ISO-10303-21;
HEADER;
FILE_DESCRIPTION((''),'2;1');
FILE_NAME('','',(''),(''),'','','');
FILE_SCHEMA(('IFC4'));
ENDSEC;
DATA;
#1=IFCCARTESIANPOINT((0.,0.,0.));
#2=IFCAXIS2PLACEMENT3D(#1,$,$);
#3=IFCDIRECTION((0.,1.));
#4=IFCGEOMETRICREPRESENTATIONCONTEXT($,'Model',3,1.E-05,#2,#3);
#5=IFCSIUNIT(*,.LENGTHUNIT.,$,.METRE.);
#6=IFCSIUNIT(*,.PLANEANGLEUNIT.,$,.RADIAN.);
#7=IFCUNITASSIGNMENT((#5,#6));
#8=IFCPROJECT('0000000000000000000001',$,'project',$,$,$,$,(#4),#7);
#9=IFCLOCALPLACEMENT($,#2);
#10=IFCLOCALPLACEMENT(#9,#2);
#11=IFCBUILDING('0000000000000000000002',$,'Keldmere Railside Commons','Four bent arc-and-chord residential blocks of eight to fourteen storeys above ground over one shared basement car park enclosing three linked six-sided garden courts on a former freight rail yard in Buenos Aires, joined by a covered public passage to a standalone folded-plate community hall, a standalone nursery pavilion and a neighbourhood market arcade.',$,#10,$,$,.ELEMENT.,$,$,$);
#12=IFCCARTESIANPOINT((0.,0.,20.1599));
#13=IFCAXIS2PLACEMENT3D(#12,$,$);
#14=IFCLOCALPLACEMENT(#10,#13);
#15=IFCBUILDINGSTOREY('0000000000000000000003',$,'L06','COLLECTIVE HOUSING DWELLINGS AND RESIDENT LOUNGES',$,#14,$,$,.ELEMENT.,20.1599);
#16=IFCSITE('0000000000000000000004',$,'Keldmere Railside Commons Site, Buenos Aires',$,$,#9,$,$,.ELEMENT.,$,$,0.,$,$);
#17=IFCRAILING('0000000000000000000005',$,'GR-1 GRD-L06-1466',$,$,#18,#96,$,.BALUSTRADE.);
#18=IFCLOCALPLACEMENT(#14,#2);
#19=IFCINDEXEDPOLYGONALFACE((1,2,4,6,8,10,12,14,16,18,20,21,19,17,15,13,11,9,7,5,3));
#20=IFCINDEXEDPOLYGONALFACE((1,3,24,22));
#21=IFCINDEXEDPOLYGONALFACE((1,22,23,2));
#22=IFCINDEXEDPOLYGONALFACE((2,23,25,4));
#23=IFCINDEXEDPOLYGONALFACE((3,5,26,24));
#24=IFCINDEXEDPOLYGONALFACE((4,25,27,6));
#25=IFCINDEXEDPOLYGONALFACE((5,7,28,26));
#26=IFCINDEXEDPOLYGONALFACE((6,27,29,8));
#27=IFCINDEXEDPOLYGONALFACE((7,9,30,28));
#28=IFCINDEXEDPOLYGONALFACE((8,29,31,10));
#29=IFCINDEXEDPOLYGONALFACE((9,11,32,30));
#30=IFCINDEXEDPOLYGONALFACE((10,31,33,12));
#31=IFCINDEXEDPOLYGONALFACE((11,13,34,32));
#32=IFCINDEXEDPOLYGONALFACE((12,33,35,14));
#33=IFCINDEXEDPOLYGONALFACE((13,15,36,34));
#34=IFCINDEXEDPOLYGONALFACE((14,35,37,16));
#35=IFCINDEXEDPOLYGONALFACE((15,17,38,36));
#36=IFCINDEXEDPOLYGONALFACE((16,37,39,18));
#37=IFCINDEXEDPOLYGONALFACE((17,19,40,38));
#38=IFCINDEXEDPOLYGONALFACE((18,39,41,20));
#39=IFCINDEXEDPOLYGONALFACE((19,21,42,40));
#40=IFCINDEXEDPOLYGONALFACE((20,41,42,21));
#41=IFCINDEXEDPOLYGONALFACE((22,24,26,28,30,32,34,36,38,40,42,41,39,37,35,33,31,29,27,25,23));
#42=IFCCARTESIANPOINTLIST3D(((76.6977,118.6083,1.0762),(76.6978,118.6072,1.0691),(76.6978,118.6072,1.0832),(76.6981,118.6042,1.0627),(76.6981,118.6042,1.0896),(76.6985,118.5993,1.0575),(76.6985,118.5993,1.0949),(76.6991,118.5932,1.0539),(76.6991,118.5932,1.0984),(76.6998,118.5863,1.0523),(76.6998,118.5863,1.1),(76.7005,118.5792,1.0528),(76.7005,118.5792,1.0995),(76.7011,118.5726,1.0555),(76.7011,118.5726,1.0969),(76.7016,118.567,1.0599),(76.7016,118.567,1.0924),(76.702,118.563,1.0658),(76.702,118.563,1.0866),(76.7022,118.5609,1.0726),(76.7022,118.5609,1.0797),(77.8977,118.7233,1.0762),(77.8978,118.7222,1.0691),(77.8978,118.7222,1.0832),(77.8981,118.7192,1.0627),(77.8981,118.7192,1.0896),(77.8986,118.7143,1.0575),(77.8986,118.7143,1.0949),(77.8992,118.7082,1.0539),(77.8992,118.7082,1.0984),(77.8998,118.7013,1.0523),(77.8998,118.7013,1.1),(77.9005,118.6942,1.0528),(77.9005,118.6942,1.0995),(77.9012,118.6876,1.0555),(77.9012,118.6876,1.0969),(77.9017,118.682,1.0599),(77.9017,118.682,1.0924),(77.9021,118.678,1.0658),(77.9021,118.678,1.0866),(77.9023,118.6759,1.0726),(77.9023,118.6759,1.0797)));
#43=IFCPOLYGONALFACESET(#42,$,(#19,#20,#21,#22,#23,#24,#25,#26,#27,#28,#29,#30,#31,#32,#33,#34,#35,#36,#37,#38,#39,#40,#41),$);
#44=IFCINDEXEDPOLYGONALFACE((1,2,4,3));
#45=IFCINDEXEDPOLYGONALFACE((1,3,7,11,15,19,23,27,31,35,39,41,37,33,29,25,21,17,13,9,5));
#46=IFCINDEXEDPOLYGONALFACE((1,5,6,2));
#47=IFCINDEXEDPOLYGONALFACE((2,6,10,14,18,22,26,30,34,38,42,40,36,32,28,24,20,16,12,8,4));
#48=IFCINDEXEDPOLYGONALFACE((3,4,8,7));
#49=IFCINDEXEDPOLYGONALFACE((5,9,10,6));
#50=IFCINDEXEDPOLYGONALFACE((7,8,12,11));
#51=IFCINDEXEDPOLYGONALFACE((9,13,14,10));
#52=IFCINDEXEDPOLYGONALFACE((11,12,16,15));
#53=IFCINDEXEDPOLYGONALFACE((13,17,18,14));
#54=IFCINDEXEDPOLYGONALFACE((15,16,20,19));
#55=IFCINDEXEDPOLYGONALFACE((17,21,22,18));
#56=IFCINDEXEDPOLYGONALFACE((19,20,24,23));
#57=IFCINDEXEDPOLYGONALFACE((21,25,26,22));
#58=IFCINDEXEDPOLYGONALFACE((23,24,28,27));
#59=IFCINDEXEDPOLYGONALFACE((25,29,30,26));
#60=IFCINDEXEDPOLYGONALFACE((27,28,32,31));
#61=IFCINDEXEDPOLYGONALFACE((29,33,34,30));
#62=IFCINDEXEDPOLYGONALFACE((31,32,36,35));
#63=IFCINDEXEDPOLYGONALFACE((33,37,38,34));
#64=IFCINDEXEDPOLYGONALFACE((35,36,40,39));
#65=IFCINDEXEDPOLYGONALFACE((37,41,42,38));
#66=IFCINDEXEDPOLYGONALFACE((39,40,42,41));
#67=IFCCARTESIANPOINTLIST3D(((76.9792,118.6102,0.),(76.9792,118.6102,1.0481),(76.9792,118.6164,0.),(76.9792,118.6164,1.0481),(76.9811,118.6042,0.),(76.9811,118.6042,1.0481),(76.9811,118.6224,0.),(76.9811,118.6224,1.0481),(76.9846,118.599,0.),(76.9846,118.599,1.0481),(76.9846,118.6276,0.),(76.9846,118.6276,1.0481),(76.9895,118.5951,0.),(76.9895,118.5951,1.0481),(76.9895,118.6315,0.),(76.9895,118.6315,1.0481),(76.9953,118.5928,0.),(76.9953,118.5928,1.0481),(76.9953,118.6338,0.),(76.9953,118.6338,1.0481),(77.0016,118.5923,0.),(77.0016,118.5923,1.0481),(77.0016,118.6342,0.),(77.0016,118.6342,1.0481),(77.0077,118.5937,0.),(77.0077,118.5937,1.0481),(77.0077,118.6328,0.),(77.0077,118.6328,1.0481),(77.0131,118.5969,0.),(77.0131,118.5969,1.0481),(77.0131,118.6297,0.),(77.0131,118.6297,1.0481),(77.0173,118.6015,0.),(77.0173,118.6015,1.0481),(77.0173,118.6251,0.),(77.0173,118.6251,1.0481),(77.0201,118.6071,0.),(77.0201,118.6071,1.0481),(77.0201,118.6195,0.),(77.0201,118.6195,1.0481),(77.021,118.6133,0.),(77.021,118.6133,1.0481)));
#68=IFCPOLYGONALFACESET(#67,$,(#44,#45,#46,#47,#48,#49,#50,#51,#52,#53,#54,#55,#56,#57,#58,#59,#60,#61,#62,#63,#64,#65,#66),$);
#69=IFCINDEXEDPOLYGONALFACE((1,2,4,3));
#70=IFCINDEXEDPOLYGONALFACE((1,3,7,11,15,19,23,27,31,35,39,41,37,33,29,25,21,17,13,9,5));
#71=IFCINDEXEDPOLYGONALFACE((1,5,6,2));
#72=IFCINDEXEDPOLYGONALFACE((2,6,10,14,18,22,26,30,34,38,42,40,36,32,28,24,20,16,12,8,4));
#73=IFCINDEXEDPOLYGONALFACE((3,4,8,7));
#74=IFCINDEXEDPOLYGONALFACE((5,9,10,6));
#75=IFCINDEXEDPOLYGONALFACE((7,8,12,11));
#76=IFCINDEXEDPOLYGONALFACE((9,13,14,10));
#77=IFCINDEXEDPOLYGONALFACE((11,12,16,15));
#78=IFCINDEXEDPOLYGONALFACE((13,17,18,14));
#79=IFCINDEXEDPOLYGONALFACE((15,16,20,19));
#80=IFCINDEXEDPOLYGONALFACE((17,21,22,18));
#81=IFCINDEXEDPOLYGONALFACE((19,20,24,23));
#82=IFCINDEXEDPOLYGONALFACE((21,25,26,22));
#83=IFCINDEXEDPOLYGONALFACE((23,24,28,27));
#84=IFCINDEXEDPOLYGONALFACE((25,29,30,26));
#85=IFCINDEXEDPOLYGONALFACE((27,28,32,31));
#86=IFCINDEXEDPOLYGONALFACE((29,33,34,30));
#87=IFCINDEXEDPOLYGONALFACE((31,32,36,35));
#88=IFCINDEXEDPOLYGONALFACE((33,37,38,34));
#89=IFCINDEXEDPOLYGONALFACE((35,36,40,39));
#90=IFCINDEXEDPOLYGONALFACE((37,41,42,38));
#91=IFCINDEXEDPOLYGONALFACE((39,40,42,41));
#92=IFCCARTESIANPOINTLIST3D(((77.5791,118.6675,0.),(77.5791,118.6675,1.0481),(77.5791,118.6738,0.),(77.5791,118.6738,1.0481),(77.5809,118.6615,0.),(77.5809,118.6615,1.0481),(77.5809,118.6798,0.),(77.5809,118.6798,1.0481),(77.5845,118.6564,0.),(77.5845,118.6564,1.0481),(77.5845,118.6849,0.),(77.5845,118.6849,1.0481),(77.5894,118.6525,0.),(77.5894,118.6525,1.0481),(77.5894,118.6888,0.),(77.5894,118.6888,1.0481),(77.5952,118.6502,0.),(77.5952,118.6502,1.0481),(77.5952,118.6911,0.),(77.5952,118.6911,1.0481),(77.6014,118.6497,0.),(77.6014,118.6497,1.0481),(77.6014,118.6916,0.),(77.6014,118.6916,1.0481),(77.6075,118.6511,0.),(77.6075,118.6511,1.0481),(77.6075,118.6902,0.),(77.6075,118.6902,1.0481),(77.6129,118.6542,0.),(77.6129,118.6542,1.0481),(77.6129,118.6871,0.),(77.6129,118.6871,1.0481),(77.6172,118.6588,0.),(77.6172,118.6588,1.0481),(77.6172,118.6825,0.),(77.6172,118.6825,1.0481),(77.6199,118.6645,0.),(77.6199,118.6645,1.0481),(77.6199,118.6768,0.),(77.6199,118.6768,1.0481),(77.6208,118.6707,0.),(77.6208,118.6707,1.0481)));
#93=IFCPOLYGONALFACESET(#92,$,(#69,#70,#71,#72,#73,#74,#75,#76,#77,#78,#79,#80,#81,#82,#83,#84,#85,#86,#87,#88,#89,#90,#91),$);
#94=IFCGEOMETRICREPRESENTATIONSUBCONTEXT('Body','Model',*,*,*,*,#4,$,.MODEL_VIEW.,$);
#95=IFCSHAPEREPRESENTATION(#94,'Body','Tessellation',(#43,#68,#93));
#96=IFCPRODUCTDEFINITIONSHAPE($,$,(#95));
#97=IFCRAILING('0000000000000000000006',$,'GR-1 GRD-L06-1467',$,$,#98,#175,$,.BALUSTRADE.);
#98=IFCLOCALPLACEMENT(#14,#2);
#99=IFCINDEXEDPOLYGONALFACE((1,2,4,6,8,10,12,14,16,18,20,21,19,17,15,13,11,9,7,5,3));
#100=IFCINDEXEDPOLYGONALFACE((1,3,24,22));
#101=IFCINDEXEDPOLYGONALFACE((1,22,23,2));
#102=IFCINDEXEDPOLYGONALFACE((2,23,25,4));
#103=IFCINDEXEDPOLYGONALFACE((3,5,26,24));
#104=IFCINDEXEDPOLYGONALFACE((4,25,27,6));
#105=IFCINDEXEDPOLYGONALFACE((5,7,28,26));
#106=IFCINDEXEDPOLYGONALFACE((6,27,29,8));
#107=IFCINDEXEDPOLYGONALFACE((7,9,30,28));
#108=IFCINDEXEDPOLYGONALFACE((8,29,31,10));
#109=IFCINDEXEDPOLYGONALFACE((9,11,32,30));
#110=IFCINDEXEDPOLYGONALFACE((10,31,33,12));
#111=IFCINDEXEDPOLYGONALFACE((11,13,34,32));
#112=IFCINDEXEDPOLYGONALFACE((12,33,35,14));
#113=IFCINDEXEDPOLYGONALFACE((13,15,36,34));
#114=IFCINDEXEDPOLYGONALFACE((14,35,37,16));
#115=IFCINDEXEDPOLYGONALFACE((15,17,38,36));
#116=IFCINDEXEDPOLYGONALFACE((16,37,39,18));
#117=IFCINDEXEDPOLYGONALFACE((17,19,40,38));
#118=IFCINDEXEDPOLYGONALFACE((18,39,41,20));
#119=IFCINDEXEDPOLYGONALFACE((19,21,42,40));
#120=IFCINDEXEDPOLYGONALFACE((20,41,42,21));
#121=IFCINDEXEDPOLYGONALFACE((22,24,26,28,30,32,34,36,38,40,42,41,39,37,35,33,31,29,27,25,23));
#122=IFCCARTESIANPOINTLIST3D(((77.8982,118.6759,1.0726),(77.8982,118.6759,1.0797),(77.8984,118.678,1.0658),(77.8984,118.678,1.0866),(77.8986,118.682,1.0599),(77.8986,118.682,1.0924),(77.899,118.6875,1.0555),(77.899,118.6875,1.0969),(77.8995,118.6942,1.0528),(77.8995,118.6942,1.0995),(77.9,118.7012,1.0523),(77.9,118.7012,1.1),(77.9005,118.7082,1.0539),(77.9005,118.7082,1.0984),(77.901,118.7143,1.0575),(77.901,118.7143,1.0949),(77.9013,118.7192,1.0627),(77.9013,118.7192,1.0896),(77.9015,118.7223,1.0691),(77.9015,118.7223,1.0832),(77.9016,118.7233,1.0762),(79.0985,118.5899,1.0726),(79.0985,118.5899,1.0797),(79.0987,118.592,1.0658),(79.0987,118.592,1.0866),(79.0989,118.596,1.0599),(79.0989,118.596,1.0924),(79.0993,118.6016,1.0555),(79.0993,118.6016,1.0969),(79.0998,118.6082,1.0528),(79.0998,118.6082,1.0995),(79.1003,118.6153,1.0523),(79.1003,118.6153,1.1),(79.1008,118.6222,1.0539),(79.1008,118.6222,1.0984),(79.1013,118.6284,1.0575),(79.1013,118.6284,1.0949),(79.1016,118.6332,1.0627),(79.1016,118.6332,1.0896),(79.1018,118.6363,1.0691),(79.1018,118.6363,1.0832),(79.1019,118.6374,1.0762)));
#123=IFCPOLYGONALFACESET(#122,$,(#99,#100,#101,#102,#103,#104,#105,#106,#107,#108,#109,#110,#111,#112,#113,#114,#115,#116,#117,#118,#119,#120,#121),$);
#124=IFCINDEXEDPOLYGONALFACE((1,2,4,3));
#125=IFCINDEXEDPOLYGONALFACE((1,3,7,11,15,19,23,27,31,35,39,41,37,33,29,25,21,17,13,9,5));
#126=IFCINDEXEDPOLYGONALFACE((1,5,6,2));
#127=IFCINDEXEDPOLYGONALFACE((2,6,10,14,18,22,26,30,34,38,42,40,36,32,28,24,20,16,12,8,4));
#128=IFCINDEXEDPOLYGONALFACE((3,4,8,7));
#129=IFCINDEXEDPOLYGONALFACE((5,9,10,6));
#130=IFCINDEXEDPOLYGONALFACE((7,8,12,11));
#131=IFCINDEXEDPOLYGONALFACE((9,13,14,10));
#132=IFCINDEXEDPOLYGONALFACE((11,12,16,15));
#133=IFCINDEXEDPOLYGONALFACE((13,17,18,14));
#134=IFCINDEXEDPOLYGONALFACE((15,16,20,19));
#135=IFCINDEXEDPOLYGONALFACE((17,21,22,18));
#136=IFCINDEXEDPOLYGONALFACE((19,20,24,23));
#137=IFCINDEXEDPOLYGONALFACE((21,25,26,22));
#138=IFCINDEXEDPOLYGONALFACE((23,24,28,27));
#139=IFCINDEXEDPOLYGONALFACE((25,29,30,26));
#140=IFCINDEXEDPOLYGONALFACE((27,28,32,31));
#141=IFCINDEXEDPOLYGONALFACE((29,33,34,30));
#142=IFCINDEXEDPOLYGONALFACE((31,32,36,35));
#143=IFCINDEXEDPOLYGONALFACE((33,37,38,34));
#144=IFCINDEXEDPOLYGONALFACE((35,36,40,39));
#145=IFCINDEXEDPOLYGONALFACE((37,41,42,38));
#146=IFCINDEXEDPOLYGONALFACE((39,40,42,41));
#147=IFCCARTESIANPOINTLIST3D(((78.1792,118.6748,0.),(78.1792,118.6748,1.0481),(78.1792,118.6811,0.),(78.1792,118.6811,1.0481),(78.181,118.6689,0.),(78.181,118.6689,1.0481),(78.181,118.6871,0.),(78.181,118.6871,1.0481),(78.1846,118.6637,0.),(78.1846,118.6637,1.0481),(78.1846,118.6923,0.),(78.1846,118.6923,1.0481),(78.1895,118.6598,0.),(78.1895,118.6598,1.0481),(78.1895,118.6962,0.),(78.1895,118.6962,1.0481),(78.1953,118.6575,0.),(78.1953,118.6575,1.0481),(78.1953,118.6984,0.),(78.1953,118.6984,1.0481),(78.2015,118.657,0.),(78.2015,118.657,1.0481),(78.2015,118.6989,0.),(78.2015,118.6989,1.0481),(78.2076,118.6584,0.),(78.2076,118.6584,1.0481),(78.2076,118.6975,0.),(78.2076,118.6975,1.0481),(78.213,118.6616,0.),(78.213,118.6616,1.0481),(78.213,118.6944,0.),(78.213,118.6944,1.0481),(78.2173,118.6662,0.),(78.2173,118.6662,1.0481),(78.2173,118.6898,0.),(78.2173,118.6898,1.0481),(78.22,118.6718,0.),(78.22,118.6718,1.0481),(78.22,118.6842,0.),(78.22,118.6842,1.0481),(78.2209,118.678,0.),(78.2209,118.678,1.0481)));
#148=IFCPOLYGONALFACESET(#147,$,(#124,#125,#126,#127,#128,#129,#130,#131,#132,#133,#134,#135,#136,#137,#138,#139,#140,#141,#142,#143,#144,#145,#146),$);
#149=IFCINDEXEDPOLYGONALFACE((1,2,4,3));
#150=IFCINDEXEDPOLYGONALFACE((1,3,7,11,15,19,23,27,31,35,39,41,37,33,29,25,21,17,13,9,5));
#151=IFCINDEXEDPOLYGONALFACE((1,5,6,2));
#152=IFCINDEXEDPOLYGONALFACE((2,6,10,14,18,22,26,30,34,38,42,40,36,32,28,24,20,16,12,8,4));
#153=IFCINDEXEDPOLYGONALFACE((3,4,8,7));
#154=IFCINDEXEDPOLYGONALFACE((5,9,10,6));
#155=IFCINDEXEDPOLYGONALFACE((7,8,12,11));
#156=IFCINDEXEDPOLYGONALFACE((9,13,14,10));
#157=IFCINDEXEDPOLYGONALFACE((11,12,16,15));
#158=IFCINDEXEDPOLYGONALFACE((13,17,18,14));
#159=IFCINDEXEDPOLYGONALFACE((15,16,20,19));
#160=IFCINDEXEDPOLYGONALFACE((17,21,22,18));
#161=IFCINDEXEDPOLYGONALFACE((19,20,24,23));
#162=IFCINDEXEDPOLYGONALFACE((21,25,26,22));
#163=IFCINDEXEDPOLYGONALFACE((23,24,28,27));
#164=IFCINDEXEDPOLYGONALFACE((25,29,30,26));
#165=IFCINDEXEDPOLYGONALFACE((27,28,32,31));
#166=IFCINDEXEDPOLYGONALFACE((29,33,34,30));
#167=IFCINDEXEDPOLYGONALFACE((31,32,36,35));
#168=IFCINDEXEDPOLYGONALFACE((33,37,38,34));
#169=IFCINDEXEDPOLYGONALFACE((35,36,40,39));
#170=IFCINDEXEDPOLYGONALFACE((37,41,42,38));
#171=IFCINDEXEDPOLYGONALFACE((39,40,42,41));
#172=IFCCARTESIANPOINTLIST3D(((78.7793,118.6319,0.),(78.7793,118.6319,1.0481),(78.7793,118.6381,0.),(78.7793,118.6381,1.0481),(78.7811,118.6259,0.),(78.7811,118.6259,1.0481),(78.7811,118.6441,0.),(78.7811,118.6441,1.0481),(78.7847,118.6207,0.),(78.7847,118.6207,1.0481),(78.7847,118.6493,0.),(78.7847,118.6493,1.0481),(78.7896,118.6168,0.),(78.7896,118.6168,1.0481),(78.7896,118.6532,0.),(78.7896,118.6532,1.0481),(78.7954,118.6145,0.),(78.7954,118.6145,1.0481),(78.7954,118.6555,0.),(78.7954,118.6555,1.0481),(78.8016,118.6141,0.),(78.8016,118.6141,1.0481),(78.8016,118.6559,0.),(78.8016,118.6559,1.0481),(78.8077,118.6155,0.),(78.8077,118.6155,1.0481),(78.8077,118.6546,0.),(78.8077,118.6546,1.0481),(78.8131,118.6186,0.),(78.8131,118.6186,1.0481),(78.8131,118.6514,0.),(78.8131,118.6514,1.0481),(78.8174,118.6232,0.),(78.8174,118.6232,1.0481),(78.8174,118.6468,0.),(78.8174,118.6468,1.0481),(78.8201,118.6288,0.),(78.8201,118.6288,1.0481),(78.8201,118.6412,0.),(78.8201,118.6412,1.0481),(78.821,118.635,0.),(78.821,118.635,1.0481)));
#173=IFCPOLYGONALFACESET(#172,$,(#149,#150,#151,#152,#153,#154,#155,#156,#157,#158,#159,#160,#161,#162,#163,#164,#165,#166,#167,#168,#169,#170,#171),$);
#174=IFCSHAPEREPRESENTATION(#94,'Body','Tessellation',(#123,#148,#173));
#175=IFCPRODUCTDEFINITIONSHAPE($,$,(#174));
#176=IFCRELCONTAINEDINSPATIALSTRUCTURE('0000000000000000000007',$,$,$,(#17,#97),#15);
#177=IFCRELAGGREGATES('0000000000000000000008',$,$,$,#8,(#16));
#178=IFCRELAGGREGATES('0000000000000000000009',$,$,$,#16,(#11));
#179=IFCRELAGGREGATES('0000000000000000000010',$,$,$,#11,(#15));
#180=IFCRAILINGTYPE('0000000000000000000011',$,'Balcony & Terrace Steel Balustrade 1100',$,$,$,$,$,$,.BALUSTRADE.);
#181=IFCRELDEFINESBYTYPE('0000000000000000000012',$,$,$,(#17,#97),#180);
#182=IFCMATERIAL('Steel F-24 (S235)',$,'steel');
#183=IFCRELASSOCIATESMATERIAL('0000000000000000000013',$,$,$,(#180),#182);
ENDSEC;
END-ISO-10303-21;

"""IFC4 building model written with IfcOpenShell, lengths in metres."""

from ifc_helpers import new_model, si_unit, direction, frame, origin, origin_2d, place, context, subcontext, project, spatial, circle, extrude, material, type_object, element, save


model = new_model("IFC4")

# Units and contexts
model_context = context("Model", 3, precision=1e-05, world=origin(), true_north=direction((0.0, 1.0)))
body_context = subcontext(model_context, "Body", "Model", "MODEL_VIEW")
ifc_project = project(units=[si_unit("LENGTHUNIT", "METRE"), si_unit("PLANEANGLEUNIT", "RADIAN")], contexts=[model_context])

# Site, building, storey
site_placement = place(None, origin())
site = spatial("IfcSite", under=ifc_project, at=site_placement, Name="Keldmere Railside Commons Site, Buenos Aires", CompositionType="ELEMENT", RefElevation=0.0)
building_placement = place(site_placement, origin())
building = spatial("IfcBuilding", under=site, at=building_placement, Name="Keldmere Railside Commons", Description="Four bent arc-and-chord residential blocks of eight to fourteen storeys above ground over one shared basement car park enclosing three linked six-sided garden courts on a former freight rail yard in Buenos Aires, joined by a covered public passage to a standalone folded-plate community hall, a standalone nursery pavilion and a neighbourhood market arcade.", CompositionType="ELEMENT")
storey_placement = place(building_placement, frame((0.0, 0.0, 20.1599)))
storey = spatial("IfcBuildingStorey", under=building, at=storey_placement, Name="L06", Description="COLLECTIVE HOUSING DWELLINGS AND RESIDENT LOUNGES", CompositionType="ELEMENT", Elevation=20.1599)

# Shared definitions
ifc_material_1 = material(Name="Steel F-24 (S235)", Category="steel")

# Railings
railing_type_1 = type_object("IfcRailingType", Name="Balcony & Terrace Steel Balustrade 1100", PredefinedType="BALUSTRADE", material=ifc_material_1)
railing_1_placement = place(storey_placement, frame((76.7, 118.5845, 0.0)))
element("IfcRailing", 1, at=railing_1_placement, inside=storey, type_object=railing_type_1, Name="GR-1 GRD-L06-1466", PredefinedType="BALUSTRADE", context=body_context, shape_type="SweptSolid", body=[
    extrude(circle(Radius=0.0239, at=origin_2d()), frame((0.0, 0.0, 1.0762), z_axis=(0.99544, 0.095392, 0.0), x_axis=(-0.095392, 0.99544, 0.0)), (0.0, 0.0, 1.0), 1.2056),
    extrude(circle(Radius=0.021, at=origin_2d()), frame((0.3, 0.0288, 0.0)), (0.0, 0.0, 1.0), 1.0481),
    extrude(circle(Radius=0.021, at=origin_2d()), frame((0.8999, 0.0862, 0.0)), (0.0, 0.0, 1.0), 1.0481),
])
railing_2_placement = place(storey_placement, frame((77.8999, 118.6995, 0.0)))
element("IfcRailing", 2, at=railing_2_placement, inside=storey, type_object=railing_type_1, Name="GR-1 GRD-L06-1467", PredefinedType="BALUSTRADE", context=body_context, shape_type="SweptSolid", body=[
    extrude(circle(Radius=0.0239, at=origin_2d()), frame((0.0, 0.0, 1.0762), z_axis=(0.997446, -0.07142, 0.0), x_axis=(0.07142, 0.997446, 0.0)), (0.0, 0.0, 1.0), 1.2034),
    extrude(circle(Radius=0.021, at=origin_2d()), frame((0.3, -0.0215, 0.0)), (0.0, 0.0, 1.0), 1.0481),
    extrude(circle(Radius=0.021, at=origin_2d()), frame((0.9001, -0.0645, 0.0)), (0.0, 0.0, 1.0), 1.0481),
])

save(model, "model.ifc")
